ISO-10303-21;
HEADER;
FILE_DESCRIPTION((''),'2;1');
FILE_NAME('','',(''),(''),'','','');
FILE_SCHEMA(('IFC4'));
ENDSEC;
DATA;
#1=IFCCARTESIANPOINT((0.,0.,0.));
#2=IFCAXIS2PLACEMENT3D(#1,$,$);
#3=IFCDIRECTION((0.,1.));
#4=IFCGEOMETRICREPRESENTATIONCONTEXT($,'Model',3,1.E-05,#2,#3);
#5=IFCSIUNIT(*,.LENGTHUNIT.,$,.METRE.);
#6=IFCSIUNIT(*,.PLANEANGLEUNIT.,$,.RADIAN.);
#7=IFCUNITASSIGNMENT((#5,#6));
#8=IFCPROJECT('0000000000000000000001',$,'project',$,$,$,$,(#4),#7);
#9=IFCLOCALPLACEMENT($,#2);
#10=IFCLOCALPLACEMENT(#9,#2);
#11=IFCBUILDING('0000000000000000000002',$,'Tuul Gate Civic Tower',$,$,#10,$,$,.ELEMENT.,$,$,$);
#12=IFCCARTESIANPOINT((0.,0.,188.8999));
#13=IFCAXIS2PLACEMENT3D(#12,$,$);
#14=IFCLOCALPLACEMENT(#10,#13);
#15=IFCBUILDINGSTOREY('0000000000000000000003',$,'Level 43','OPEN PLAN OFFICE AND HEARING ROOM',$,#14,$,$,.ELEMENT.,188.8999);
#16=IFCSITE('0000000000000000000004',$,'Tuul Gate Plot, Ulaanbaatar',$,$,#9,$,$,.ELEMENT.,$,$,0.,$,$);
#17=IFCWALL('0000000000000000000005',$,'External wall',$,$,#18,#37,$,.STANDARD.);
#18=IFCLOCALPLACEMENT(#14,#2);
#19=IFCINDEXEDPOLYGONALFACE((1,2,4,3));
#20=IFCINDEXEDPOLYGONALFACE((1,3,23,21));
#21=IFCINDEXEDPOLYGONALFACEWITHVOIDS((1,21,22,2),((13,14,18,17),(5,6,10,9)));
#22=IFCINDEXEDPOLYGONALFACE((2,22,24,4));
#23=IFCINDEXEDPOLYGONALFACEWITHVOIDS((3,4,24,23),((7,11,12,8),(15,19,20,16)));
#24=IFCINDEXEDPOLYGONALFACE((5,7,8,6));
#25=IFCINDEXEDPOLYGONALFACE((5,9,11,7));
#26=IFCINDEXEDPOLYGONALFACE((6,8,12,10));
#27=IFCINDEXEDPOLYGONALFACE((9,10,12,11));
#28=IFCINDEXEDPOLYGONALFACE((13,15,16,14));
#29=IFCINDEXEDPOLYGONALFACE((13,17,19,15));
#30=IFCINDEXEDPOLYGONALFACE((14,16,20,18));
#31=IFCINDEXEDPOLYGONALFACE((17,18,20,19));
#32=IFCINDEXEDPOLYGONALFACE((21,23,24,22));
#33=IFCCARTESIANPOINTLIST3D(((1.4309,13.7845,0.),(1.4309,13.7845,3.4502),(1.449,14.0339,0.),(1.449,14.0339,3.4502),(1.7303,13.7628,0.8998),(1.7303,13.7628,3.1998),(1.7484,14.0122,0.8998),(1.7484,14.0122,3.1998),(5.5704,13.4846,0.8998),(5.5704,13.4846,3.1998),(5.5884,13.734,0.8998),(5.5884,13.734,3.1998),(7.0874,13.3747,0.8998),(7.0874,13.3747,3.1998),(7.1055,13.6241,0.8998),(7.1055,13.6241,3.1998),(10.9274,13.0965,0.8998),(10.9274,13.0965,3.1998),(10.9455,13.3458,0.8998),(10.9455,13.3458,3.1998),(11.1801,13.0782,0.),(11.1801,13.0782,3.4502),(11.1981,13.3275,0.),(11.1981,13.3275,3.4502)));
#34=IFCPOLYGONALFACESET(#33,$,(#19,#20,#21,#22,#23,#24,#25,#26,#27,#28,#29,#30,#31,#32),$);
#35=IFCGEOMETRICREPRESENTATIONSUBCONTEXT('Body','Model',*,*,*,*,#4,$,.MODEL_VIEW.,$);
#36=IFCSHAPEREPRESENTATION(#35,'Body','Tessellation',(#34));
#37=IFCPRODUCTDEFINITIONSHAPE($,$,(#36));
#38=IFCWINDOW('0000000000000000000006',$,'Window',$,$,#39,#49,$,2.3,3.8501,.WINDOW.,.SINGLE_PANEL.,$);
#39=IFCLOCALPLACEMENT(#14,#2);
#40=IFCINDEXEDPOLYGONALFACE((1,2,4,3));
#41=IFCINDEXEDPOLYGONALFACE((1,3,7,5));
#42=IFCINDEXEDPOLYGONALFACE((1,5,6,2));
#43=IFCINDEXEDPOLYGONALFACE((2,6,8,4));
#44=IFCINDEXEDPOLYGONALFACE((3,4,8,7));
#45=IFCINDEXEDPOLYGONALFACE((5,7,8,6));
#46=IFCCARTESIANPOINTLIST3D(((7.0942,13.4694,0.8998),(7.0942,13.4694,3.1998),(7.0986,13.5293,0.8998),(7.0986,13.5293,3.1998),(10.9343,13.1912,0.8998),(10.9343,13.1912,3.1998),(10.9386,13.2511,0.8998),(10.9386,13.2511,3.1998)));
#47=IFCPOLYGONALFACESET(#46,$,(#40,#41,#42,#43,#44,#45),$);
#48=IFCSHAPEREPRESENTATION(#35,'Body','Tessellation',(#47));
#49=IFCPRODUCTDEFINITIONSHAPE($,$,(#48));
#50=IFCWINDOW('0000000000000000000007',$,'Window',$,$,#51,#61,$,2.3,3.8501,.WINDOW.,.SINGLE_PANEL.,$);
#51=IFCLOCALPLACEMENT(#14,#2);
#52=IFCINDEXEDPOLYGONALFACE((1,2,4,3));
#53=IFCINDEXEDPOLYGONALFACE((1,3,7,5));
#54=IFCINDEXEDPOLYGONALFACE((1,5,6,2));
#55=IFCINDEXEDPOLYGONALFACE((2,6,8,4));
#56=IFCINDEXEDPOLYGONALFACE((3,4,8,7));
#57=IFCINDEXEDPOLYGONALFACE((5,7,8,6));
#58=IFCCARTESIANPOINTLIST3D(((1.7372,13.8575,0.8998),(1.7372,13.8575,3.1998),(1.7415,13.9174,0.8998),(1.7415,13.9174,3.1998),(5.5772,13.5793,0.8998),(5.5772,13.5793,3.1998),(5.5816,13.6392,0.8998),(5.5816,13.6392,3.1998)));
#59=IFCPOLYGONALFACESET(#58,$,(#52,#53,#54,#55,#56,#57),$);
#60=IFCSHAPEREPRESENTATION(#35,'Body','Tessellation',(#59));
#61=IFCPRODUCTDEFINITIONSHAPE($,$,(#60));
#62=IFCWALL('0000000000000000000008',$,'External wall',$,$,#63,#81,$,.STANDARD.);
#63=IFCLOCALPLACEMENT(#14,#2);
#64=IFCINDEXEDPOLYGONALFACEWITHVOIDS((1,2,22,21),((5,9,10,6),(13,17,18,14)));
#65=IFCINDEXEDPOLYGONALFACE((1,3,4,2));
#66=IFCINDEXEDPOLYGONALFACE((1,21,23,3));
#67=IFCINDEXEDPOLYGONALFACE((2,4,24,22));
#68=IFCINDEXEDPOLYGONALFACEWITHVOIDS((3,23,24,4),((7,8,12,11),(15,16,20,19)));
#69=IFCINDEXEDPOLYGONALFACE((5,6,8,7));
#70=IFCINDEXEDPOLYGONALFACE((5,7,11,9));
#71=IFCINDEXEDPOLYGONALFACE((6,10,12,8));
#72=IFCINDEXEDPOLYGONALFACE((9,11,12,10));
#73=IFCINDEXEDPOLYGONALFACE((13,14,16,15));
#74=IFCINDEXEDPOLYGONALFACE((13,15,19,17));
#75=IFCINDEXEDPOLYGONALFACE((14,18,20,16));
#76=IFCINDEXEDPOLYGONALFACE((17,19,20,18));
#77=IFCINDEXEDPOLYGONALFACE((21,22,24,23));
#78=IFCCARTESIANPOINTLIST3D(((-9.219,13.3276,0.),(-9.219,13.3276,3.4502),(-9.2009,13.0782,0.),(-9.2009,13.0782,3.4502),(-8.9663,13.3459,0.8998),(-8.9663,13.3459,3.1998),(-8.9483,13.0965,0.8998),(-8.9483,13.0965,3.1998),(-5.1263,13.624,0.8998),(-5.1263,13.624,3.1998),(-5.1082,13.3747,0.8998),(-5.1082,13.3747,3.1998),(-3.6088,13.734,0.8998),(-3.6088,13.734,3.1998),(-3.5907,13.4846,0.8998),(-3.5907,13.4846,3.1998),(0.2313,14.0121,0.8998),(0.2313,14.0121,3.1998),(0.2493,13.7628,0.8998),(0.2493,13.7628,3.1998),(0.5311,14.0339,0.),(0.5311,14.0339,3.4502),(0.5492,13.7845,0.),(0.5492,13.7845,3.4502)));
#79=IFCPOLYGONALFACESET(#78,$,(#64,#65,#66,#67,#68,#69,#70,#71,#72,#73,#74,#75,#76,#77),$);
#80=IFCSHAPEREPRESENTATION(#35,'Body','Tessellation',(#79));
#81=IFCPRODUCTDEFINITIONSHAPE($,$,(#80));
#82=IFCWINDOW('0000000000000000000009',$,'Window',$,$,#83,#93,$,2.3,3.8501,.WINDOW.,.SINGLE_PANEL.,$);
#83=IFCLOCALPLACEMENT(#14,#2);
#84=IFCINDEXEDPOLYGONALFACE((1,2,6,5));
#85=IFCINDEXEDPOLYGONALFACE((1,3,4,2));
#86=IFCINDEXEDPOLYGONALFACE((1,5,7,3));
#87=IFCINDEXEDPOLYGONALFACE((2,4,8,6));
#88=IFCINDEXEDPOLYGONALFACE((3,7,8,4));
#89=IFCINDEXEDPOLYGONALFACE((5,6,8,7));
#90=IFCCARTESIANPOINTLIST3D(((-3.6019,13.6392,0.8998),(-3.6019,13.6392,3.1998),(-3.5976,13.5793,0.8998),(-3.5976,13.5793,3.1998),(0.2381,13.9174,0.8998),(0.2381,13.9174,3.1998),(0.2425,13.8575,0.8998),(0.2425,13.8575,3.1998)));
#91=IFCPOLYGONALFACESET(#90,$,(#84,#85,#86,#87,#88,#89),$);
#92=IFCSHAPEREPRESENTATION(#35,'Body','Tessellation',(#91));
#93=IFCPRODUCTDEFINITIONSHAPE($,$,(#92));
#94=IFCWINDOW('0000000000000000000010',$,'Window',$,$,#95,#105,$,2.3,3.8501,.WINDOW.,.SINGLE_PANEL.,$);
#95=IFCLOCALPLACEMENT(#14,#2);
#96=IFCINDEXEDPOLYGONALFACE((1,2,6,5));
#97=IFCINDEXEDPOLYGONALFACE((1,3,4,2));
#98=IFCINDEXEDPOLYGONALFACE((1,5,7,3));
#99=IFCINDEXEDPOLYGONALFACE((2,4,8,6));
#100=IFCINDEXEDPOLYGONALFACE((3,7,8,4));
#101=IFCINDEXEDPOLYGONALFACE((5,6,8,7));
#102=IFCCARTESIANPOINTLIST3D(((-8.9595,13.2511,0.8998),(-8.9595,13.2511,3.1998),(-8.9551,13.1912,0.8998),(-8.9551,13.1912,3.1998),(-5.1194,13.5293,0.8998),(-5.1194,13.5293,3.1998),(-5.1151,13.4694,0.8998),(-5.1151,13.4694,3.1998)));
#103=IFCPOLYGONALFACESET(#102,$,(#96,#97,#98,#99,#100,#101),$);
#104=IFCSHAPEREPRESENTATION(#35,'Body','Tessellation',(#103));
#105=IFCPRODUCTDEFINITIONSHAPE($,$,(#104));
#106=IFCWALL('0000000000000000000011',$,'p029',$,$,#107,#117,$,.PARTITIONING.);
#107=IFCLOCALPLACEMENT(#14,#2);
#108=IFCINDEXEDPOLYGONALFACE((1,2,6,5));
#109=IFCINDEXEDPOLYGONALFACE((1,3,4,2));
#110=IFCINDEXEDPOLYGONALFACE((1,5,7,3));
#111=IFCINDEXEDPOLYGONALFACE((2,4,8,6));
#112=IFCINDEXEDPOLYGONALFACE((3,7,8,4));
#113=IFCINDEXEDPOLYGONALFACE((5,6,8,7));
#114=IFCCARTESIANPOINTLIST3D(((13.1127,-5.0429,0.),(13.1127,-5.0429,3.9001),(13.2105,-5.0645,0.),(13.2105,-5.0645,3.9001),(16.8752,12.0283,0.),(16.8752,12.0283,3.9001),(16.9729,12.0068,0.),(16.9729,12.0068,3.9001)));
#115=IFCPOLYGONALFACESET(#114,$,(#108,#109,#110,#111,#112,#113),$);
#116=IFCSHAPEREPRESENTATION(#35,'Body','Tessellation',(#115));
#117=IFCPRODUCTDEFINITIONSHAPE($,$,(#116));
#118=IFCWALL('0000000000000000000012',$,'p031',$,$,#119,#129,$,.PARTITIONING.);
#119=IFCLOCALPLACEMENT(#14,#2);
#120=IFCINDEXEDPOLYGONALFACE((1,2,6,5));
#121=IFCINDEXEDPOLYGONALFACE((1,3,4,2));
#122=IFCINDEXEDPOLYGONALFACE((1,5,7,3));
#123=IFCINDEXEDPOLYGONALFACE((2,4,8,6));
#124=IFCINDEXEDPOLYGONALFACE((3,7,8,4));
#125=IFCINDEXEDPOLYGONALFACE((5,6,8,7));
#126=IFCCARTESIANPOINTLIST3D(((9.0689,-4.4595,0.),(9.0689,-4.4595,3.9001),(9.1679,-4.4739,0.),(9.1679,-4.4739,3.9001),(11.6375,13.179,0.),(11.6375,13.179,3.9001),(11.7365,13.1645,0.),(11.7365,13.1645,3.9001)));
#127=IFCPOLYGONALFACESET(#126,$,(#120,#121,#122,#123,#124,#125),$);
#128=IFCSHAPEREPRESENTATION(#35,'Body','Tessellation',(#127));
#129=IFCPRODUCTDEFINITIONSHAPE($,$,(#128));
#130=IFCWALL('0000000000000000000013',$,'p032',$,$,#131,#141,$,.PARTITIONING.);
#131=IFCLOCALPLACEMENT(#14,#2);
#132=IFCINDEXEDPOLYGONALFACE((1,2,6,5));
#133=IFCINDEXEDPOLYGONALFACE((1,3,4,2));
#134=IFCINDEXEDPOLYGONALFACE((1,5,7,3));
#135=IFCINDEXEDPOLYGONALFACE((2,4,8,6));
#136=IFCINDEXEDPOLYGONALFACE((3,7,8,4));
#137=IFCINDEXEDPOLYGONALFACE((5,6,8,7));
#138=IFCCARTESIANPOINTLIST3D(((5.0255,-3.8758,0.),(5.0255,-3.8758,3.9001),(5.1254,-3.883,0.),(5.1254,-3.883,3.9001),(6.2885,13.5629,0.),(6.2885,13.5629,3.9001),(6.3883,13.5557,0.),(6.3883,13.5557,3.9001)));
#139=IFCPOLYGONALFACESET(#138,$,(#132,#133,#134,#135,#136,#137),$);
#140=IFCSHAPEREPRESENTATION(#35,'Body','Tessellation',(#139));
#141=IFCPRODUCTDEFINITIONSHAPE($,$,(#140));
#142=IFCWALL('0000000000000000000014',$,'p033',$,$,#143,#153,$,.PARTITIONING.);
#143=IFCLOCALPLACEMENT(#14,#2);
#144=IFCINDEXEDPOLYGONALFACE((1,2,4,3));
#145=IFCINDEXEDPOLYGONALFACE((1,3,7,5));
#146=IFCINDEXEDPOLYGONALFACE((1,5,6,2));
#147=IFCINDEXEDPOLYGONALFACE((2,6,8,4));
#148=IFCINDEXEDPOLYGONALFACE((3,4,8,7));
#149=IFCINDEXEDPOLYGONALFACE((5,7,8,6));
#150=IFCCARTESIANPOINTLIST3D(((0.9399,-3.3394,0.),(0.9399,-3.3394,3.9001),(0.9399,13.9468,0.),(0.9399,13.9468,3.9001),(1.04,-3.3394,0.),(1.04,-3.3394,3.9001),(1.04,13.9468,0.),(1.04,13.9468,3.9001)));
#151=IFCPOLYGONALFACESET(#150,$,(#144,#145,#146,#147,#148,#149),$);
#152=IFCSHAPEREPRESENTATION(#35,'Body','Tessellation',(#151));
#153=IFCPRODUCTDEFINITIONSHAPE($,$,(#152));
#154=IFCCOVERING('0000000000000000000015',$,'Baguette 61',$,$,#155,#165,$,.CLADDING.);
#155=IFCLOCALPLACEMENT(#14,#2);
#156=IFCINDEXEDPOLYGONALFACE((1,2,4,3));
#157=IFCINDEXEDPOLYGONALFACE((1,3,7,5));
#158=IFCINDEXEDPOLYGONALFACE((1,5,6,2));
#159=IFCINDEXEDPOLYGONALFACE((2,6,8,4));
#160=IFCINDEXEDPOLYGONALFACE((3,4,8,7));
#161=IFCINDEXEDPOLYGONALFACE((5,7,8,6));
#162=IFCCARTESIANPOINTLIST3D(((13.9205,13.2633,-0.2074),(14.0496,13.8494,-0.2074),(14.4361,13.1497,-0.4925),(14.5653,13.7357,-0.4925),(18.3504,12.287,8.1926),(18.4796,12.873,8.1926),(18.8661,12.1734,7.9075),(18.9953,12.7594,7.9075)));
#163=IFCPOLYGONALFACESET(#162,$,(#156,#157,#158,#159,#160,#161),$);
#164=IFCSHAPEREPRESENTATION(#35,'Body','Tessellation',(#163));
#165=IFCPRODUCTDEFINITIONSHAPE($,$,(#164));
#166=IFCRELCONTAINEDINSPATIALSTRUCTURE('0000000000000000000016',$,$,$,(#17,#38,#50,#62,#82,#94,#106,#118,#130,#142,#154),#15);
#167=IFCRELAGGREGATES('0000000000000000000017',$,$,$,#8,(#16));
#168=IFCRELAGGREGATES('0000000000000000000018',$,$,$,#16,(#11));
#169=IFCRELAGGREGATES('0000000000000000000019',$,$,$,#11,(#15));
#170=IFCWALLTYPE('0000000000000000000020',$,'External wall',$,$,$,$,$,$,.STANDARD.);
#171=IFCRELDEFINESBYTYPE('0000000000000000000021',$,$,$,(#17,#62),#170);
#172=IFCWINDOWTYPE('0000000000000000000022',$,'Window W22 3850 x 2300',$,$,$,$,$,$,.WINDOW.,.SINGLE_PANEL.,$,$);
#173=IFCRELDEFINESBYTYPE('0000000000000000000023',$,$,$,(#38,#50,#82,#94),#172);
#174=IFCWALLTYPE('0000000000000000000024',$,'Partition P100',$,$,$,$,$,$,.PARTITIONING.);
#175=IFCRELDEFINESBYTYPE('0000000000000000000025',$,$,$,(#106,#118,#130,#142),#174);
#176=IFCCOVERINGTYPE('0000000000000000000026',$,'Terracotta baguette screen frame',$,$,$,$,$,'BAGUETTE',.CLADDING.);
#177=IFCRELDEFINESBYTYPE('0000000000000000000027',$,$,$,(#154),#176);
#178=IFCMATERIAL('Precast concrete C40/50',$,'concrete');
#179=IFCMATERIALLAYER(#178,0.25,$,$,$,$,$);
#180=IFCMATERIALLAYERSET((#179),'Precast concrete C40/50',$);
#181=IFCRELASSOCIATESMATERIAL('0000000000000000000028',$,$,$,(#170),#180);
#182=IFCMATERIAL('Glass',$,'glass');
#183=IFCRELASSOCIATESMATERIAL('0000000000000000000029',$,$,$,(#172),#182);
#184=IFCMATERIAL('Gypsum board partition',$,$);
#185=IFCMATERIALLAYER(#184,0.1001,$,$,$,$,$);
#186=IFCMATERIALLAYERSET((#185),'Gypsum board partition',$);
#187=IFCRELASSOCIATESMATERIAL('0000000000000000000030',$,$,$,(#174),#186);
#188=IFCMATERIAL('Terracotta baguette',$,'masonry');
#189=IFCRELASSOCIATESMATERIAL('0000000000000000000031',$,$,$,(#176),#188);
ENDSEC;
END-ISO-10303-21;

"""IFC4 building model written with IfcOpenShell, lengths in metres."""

from ifc_helpers import new_model, si_unit, direction, frame, frame_2d, origin, origin_2d, place, context, subcontext, project, spatial, rectangle, extrude, material, layer, layer_set, material_profile, profile_set, type_object, element, fill, save


model = new_model("IFC4")

# Units and contexts
model_context = context("Model", 3, precision=1e-05, world=origin(), true_north=direction((0.0, 1.0)))
body_context = subcontext(model_context, "Body", "Model", "MODEL_VIEW")
ifc_project = project(units=[si_unit("LENGTHUNIT", "METRE"), si_unit("PLANEANGLEUNIT", "RADIAN")], contexts=[model_context])

# Site, building, storey
site_placement = place(None, origin())
site = spatial("IfcSite", under=ifc_project, at=site_placement, Name="Tuul Gate Plot, Ulaanbaatar", CompositionType="ELEMENT", RefElevation=0.0)
building_placement = place(site_placement, origin())
building = spatial("IfcBuilding", under=site, at=building_placement, Name="Tuul Gate Civic Tower", CompositionType="ELEMENT")
storey_placement = place(building_placement, frame((0.0, 0.0, 188.8999)))
storey = spatial("IfcBuildingStorey", under=building, at=storey_placement, Name="Level 43", Description="OPEN PLAN OFFICE AND HEARING ROOM", CompositionType="ELEMENT", Elevation=188.8999)

# Walls, openings, windows
ifc_material_1 = material(Name="Precast concrete C40/50", Category="concrete")
ifc_layer_1 = layer(ifc_material_1, 0.25)
ifc_layer_set_1 = layer_set([ifc_layer_1], Name="Precast concrete C40/50")
wall_type_1 = type_object("IfcWallType", Name="External wall", PredefinedType="STANDARD", material=ifc_layer_set_1)
ifc_material_2 = material(Name="Glass", Category="glass")
window_type = type_object("IfcWindowType", Name="Window W22 3850 x 2300", PartitioningType="SINGLE_PANEL", PredefinedType="WINDOW", material=ifc_material_2)
wall_1_placement = place(storey_placement, frame((11.189, 13.2029, 0.0), z_axis=(0.0, 0.0, 1.0), x_axis=(-0.997386, 0.072259, 0.0)))
wall_1 = element("IfcWall", 1, at=wall_1_placement, inside=storey, type_object=wall_type_1, Name="External wall", PredefinedType="STANDARD", context=body_context, shape_type="SweptSolid", body=[
    extrude(rectangle(XDim=9.7747, YDim=0.25, at=frame_2d((4.8872, 0.0))), origin(), (0.0, 0.0, 1.0), 3.4502),
])
opening_1_placement = place(wall_1_placement, frame((0.2532, 0.0, 0.8999)))
opening_1 = element("IfcOpeningElement", 2, at=opening_1_placement, cuts=wall_1, PredefinedType="OPENING", context=body_context, shape_type="SweptSolid", body=[
    extrude(rectangle(XDim=3.8501, YDim=2.3, at=frame_2d((1.925, 1.1499))), frame((0.0, 0.135, 0.0), z_axis=(0.0, -1.0, 0.0), x_axis=(1.0, 0.0, 0.0)), (0.0, 0.0, 1.0), 0.27),
])
opening_2_placement = place(wall_1_placement, frame((5.6243, 0.0, 0.8999)))
opening_2 = element("IfcOpeningElement", 3, at=opening_2_placement, cuts=wall_1, PredefinedType="OPENING", context=body_context, shape_type="SweptSolid", body=[
    extrude(rectangle(XDim=3.8501, YDim=2.3, at=frame_2d((1.925, 1.1499))), frame((0.0, 0.135, 0.0), z_axis=(0.0, -1.0, 0.0), x_axis=(1.0, 0.0, 0.0)), (0.0, 0.0, 1.0), 0.27),
])
window_1_placement = place(opening_1_placement, origin())
window_1 = element("IfcWindow", 4, at=window_1_placement, inside=storey, type_object=window_type, Name="Window", OverallHeight=2.3, OverallWidth=3.8501, PartitioningType="SINGLE_PANEL", PredefinedType="WINDOW", context=body_context, shape_type="SweptSolid", body=[
    extrude(rectangle(XDim=3.8501, YDim=2.3, at=frame_2d((1.925, 1.1499))), frame((0.0, 0.03, 0.0), z_axis=(0.0, -1.0, 0.0), x_axis=(1.0, 0.0, 0.0)), (0.0, 0.0, 1.0), 0.0601),
])
fill(opening_1, window_1)
window_2_placement = place(opening_2_placement, origin())
window_2 = element("IfcWindow", 5, at=window_2_placement, inside=storey, type_object=window_type, Name="Window", OverallHeight=2.3, OverallWidth=3.8501, PartitioningType="SINGLE_PANEL", PredefinedType="WINDOW", context=body_context, shape_type="SweptSolid", body=[
    extrude(rectangle(XDim=3.8501, YDim=2.3, at=frame_2d((1.925, 1.1499))), frame((0.0, 0.03, 0.0), z_axis=(0.0, -1.0, 0.0), x_axis=(1.0, 0.0, 0.0)), (0.0, 0.0, 1.0), 0.0601),
])
fill(opening_2, window_2)
wall_2_placement = place(storey_placement, frame((0.54, 13.9092, 0.0), z_axis=(0.0, 0.0, 1.0), x_axis=(-0.997386, -0.072252, 0.0)))
wall_2 = element("IfcWall", 6, at=wall_2_placement, inside=storey, type_object=wall_type_1, Name="External wall", PredefinedType="STANDARD", context=body_context, shape_type="SweptSolid", body=[
    extrude(rectangle(XDim=9.7756, YDim=0.25, at=frame_2d((4.8877, 0.0))), origin(), (0.0, 0.0, 1.0), 3.4502),
])
opening_3_placement = place(wall_2_placement, frame((0.3005, 0.0, 0.8999)))
opening_3 = element("IfcOpeningElement", 7, at=opening_3_placement, cuts=wall_2, PredefinedType="OPENING", context=body_context, shape_type="SweptSolid", body=[
    extrude(rectangle(XDim=3.8501, YDim=2.3, at=frame_2d((1.925, 1.1499))), frame((0.0, 0.135, 0.0), z_axis=(0.0, -1.0, 0.0), x_axis=(1.0, 0.0, 0.0)), (0.0, 0.0, 1.0), 0.27),
])
opening_4_placement = place(wall_2_placement, frame((5.6721, 0.0, 0.8999)))
opening_4 = element("IfcOpeningElement", 8, at=opening_4_placement, cuts=wall_2, PredefinedType="OPENING", context=body_context, shape_type="SweptSolid", body=[
    extrude(rectangle(XDim=3.8501, YDim=2.3, at=frame_2d((1.925, 1.1499))), frame((0.0, 0.135, 0.0), z_axis=(0.0, -1.0, 0.0), x_axis=(1.0, 0.0, 0.0)), (0.0, 0.0, 1.0), 0.27),
])
window_3_placement = place(opening_3_placement, origin())
window_3 = element("IfcWindow", 9, at=window_3_placement, inside=storey, type_object=window_type, Name="Window", OverallHeight=2.3, OverallWidth=3.8501, PartitioningType="SINGLE_PANEL", PredefinedType="WINDOW", context=body_context, shape_type="SweptSolid", body=[
    extrude(rectangle(XDim=3.8501, YDim=2.3, at=frame_2d((1.925, 1.1499))), frame((0.0, 0.03, 0.0), z_axis=(0.0, -1.0, 0.0), x_axis=(1.0, 0.0, 0.0)), (0.0, 0.0, 1.0), 0.0601),
])
fill(opening_3, window_3)
window_4_placement = place(opening_4_placement, origin())
window_4 = element("IfcWindow", 10, at=window_4_placement, inside=storey, type_object=window_type, Name="Window", OverallHeight=2.3, OverallWidth=3.8501, PartitioningType="SINGLE_PANEL", PredefinedType="WINDOW", context=body_context, shape_type="SweptSolid", body=[
    extrude(rectangle(XDim=3.8501, YDim=2.3, at=frame_2d((1.925, 1.1499))), frame((0.0, 0.03, 0.0), z_axis=(0.0, -1.0, 0.0), x_axis=(1.0, 0.0, 0.0)), (0.0, 0.0, 1.0), 0.0601),
])
fill(opening_4, window_4)

# Walls
ifc_material_3 = material(Name="Gypsum board partition")
ifc_layer_2 = layer(ifc_material_3, 0.1001)
ifc_layer_set_2 = layer_set([ifc_layer_2], Name="Gypsum board partition")
wall_type_2 = type_object("IfcWallType", Name="Partition P100", PredefinedType="PARTITIONING", material=ifc_layer_set_2)
wall_3_placement = place(storey_placement, frame((13.1616, -5.0537, 0.0), z_axis=(0.0, 0.0, 1.0), x_axis=(0.215231, 0.976563, 0.0)))
element("IfcWall", 11, at=wall_3_placement, inside=storey, type_object=wall_type_2, Name="p029", PredefinedType="PARTITIONING", context=body_context, shape_type="SweptSolid", body=[
    extrude(rectangle(XDim=17.481, YDim=0.1001, at=frame_2d((8.7405, 0.0))), origin(), (0.0, 0.0, 1.0), 3.9001),
])
wall_4_placement = place(storey_placement, frame((9.1184, -4.4666, 0.0), z_axis=(0.0, 0.0, 1.0), x_axis=(0.144105, 0.989562, 0.0)))
element("IfcWall", 12, at=wall_4_placement, inside=storey, type_object=wall_type_2, Name="p031", PredefinedType="PARTITIONING", context=body_context, shape_type="SweptSolid", body=[
    extrude(rectangle(XDim=17.8245, YDim=0.1001, at=frame_2d((8.9121, 0.0))), origin(), (0.0, 0.0, 1.0), 3.9001),
])
wall_5_placement = place(storey_placement, frame((5.0754, -3.8794, 0.0), z_axis=(0.0, 0.0, 1.0), x_axis=(0.072232, 0.997388, 0.0)))
element("IfcWall", 13, at=wall_5_placement, inside=storey, type_object=wall_type_2, Name="p032", PredefinedType="PARTITIONING", context=body_context, shape_type="SweptSolid", body=[
    extrude(rectangle(XDim=17.4844, YDim=0.1001, at=frame_2d((8.7422, 0.0))), origin(), (0.0, 0.0, 1.0), 3.9001),
])
wall_6_placement = place(storey_placement, frame((0.99, -3.3394, 0.0), z_axis=(0.0, 0.0, 1.0), x_axis=(0.0, 1.0, 0.0)))
element("IfcWall", 14, at=wall_6_placement, inside=storey, type_object=wall_type_2, Name="p033", PredefinedType="PARTITIONING", context=body_context, shape_type="SweptSolid", body=[
    extrude(rectangle(XDim=17.2861, YDim=0.1001, at=frame_2d((8.6431, 0.0))), origin(), (0.0, 0.0, 1.0), 3.9001),
])

# Covering
ifc_material_4 = material(Name="Terracotta baguette", Category="masonry")
ifc_material_profile_1 = material_profile(ifc_material_4, rectangle(XDim=0.6001, YDim=0.6001, at=origin_2d()), Name="Terracotta baguette screen frame")
ifc_profile_set_1 = profile_set([ifc_material_profile_1], Name="Terracotta baguette")
covering_type = type_object("IfcCoveringType", Name="Terracotta baguette screen frame", ElementType="BAGUETTE", PredefinedType="CLADDING", material=ifc_profile_set_1)
covering_1_placement = place(storey_placement, frame((18.6729, 12.5232, 8.05), z_axis=(-0.464037, 0.10227, -0.879892), x_axis=(-0.215226, -0.976564, 0.0)))
element("IfcCovering", 15, at=covering_1_placement, inside=storey, type_object=covering_type, Name="Baguette 61", PredefinedType="CLADDING", context=body_context, shape_type="SweptSolid", body=[
    extrude(rectangle(XDim=0.6001, YDim=0.6001, at=origin_2d()), origin(), (0.0, 0.0, 1.0), 9.5466),
])

save(model, "model.ifc")
